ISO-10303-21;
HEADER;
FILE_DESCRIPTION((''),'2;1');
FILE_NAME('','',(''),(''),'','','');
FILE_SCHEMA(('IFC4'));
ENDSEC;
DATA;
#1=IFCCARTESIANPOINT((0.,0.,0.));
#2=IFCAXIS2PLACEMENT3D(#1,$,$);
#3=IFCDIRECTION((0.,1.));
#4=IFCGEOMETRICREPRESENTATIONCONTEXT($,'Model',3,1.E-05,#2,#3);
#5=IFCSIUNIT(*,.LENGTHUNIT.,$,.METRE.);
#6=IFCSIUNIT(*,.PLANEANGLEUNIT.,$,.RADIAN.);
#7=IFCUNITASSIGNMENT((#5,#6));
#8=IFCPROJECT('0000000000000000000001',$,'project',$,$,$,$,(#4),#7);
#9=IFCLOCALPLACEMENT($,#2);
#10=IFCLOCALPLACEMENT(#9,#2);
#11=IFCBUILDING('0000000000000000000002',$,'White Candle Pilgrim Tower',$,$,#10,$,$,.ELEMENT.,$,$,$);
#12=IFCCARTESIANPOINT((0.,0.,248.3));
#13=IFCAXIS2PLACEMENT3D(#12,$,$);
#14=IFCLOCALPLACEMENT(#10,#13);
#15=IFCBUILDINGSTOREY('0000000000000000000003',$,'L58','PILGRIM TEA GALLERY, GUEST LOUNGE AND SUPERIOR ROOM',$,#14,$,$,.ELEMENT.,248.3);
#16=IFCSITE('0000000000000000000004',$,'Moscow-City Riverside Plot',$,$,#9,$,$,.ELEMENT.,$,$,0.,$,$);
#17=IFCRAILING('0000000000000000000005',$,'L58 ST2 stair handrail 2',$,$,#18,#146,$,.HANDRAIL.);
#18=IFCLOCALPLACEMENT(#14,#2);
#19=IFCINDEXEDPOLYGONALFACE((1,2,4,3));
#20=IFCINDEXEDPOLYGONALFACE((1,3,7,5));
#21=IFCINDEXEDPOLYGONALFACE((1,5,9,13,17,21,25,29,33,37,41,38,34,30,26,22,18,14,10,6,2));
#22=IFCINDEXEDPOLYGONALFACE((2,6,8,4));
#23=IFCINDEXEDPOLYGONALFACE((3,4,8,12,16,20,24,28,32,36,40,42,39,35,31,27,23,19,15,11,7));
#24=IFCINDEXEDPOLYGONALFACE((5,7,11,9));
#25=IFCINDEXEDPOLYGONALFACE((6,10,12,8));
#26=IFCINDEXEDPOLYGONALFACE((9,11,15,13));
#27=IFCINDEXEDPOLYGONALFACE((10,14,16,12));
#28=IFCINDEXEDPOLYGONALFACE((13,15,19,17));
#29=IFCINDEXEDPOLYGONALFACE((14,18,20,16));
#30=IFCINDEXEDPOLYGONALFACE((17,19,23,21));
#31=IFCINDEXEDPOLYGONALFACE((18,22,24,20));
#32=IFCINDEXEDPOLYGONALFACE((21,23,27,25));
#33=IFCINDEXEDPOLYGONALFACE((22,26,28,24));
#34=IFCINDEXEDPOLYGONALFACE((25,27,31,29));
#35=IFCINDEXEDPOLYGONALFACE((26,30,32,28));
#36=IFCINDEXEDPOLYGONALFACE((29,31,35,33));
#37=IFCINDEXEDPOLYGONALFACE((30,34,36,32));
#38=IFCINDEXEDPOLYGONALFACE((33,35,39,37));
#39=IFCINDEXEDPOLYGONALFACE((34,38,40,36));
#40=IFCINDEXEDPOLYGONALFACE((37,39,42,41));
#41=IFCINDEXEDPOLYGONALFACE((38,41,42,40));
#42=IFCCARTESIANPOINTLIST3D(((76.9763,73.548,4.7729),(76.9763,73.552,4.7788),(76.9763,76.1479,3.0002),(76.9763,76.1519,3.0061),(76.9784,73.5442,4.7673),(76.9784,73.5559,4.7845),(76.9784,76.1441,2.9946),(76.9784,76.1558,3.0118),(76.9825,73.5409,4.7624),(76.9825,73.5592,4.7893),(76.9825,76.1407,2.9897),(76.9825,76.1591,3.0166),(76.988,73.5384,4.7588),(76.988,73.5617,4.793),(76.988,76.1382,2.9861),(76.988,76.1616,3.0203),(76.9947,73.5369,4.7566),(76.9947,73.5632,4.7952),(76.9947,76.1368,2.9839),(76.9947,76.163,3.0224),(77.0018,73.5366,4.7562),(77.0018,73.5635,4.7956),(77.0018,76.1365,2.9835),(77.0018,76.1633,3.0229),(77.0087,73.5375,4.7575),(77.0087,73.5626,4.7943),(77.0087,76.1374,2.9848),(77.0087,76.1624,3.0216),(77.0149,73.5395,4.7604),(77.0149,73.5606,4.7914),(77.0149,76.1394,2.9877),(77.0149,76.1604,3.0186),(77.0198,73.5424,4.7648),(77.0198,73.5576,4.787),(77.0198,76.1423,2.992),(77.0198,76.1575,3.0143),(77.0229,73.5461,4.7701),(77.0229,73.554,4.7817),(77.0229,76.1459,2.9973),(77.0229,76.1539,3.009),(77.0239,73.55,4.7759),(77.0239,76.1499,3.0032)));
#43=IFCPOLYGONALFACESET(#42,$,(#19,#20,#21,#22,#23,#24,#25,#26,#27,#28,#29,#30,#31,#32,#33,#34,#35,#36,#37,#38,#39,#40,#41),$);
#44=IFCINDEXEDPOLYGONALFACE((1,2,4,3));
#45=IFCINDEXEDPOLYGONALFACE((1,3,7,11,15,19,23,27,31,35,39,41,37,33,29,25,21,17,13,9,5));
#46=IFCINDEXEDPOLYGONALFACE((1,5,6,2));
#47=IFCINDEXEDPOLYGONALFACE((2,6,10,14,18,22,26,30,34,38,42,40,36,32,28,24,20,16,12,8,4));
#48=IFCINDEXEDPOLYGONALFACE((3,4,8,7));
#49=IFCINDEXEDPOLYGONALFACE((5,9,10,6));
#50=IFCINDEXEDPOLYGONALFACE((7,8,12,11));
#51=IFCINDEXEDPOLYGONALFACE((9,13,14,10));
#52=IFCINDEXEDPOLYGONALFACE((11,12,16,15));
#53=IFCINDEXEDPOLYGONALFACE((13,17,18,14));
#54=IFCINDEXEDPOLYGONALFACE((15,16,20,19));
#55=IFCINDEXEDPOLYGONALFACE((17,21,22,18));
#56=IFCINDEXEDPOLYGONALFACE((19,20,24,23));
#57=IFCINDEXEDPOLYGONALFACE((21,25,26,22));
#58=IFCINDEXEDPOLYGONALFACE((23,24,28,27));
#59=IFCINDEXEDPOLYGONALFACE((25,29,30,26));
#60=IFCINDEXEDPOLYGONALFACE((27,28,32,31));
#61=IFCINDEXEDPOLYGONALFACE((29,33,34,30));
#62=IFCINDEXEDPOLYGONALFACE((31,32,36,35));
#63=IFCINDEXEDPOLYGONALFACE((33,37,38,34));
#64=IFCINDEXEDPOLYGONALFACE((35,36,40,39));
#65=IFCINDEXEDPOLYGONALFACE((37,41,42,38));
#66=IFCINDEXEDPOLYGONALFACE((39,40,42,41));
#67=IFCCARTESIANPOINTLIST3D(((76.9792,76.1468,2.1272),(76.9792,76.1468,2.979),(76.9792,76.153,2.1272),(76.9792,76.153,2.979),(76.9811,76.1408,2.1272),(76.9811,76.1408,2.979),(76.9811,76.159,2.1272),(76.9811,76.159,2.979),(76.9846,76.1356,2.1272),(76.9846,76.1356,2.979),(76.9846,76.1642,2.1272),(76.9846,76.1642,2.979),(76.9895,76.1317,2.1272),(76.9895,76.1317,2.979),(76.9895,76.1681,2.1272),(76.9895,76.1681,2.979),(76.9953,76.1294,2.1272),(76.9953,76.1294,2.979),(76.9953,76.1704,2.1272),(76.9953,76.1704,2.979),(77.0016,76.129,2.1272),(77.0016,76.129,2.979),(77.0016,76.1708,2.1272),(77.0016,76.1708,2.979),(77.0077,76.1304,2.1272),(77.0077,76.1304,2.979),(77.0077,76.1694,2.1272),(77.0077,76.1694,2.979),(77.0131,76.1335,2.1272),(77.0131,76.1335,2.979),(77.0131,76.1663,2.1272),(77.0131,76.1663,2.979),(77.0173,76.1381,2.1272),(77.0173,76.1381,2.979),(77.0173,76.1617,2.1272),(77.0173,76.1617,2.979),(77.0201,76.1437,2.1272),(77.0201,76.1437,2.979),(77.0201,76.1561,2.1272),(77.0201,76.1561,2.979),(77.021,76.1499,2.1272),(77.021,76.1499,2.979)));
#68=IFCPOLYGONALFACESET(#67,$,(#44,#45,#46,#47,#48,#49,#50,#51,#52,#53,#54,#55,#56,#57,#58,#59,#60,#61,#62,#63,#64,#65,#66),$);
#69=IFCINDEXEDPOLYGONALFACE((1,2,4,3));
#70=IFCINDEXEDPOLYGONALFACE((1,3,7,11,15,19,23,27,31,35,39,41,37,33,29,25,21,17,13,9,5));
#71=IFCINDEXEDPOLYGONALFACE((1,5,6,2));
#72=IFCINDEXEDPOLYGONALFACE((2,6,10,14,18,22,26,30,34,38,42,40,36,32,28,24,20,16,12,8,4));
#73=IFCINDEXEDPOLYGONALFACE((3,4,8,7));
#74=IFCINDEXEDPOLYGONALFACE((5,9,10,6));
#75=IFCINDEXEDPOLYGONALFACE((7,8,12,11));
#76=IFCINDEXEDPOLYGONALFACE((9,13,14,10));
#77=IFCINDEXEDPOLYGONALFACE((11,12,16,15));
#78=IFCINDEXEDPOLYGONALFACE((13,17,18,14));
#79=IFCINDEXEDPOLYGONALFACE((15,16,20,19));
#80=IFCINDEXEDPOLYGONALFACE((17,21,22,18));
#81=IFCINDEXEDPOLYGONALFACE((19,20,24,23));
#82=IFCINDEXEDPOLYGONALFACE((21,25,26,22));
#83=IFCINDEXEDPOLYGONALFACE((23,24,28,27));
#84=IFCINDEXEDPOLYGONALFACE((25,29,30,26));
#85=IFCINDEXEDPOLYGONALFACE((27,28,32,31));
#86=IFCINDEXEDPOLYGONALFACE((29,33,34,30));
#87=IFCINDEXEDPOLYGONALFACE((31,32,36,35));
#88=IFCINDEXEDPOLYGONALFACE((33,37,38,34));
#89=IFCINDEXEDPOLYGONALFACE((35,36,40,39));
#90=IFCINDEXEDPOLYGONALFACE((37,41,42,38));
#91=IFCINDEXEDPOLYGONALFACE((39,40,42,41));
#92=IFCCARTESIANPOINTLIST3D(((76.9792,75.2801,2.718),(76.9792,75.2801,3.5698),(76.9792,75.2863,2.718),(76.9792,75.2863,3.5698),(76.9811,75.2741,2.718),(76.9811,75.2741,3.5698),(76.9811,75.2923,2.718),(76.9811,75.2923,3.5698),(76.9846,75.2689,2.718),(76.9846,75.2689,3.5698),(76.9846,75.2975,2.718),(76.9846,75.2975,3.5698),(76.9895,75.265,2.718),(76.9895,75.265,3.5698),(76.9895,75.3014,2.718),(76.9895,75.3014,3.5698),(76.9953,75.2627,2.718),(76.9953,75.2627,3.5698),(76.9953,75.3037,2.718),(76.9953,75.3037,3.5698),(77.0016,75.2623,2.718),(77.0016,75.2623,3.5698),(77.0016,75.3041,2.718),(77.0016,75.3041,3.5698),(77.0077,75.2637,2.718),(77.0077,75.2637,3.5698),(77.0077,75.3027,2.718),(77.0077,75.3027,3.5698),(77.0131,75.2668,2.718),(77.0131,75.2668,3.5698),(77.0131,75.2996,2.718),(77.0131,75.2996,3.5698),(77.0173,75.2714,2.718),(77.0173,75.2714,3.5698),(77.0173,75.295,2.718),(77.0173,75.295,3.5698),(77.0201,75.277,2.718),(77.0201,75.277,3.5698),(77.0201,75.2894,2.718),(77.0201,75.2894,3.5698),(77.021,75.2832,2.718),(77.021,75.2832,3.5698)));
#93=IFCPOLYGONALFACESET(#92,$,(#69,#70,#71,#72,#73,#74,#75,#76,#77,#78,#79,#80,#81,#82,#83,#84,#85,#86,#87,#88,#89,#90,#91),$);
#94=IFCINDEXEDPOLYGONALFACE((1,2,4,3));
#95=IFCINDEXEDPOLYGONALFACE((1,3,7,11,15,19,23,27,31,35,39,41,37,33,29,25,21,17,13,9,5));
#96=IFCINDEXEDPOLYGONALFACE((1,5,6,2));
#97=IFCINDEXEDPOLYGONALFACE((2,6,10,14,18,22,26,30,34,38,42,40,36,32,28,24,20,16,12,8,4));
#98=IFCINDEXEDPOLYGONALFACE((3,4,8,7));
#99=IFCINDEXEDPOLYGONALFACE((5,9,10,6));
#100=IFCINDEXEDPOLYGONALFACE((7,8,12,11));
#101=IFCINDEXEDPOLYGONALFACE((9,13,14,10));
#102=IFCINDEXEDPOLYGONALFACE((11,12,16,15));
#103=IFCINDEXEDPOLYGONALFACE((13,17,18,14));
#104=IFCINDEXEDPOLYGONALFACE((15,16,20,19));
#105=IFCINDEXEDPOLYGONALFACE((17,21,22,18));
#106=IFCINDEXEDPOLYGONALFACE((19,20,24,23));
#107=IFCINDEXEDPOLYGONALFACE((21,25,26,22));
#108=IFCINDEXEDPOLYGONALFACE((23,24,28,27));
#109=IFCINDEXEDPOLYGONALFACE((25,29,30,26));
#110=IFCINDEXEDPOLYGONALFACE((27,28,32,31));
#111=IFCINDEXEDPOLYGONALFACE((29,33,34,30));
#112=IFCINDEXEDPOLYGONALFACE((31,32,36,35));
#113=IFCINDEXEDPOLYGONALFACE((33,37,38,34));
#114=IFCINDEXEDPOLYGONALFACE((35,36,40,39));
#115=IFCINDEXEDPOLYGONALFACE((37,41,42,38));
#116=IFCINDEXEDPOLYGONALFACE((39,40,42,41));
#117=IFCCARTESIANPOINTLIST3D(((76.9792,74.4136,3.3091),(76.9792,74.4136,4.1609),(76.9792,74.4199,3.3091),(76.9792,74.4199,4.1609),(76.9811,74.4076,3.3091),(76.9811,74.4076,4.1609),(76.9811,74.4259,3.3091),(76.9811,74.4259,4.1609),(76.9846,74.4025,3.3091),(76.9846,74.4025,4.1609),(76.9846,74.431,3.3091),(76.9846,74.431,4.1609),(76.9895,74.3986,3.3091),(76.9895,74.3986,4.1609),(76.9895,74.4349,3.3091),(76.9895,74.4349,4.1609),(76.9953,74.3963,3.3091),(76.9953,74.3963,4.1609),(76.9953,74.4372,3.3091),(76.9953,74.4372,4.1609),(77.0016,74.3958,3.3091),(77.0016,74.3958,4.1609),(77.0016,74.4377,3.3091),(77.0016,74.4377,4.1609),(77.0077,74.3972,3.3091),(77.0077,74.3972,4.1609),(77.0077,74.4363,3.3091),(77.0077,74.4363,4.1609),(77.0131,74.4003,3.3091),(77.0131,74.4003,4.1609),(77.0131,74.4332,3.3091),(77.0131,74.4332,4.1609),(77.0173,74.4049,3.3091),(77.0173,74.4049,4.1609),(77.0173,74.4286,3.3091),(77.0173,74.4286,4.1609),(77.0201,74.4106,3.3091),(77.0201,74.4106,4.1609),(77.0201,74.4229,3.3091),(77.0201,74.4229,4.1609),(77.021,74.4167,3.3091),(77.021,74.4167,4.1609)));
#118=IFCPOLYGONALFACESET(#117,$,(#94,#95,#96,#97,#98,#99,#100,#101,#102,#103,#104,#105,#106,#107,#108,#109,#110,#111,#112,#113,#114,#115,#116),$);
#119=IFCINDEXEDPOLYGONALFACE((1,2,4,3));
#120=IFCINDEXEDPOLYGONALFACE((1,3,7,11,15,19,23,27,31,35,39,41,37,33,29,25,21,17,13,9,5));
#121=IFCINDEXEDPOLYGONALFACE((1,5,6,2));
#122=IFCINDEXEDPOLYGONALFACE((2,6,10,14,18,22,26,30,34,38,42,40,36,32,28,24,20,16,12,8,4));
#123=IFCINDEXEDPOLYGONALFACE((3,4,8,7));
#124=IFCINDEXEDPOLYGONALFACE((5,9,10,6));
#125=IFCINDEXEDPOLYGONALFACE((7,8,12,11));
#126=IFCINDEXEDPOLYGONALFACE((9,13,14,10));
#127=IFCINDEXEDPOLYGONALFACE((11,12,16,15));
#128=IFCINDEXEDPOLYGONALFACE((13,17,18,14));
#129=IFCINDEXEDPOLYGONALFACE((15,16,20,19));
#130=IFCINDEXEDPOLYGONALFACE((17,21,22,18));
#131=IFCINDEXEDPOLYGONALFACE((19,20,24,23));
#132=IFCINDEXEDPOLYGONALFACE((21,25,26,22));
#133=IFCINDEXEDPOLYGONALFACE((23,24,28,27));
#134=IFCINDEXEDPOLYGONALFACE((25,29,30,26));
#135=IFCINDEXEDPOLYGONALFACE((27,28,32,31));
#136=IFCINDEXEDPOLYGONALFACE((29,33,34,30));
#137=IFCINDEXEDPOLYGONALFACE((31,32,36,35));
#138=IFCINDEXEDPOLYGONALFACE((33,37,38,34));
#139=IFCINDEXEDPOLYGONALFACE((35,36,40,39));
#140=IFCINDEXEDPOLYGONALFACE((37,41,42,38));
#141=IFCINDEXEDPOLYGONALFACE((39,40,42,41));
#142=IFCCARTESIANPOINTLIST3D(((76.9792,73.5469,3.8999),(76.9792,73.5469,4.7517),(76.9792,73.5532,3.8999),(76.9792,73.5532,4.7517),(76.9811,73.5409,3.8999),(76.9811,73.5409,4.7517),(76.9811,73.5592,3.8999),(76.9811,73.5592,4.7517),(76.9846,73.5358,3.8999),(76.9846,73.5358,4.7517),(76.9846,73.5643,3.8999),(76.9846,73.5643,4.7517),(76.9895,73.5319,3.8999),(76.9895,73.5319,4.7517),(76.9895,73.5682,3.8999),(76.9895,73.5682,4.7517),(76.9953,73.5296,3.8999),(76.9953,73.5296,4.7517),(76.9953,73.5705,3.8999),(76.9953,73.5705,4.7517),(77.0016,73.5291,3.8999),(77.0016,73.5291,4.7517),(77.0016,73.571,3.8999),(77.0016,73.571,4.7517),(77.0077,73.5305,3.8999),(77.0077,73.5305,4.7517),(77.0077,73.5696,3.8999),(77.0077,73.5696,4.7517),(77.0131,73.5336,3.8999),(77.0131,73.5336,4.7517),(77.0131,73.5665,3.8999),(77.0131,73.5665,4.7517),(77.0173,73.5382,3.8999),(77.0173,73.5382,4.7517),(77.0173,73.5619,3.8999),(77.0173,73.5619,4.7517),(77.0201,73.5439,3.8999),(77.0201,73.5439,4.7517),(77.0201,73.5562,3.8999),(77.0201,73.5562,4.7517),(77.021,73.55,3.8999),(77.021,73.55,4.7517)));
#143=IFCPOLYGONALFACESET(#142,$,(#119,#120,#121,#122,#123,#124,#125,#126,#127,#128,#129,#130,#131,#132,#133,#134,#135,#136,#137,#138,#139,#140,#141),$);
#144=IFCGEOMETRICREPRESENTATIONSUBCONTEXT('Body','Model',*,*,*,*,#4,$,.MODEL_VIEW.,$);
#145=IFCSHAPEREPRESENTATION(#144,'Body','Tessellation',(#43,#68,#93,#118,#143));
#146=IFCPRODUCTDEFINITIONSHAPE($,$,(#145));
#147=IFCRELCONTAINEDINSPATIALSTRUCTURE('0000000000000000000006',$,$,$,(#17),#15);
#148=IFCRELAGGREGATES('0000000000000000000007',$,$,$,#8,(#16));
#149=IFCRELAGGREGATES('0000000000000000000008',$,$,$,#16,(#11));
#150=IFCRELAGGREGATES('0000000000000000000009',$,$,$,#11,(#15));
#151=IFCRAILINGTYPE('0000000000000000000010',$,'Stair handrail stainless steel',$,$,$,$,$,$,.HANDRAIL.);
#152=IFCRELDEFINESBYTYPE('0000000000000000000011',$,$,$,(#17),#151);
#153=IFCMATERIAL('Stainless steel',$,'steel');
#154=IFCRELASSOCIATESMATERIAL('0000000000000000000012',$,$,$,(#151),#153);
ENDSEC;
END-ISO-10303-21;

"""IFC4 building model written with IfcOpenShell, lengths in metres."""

from ifc_helpers import new_model, si_unit, direction, frame, origin, origin_2d, place, context, subcontext, project, spatial, circle, extrude, material, type_object, element, save


model = new_model("IFC4")

# Units and contexts
model_context = context("Model", 3, precision=1e-05, world=origin(), true_north=direction((0.0, 1.0)))
body_context = subcontext(model_context, "Body", "Model", "MODEL_VIEW")
ifc_project = project(units=[si_unit("LENGTHUNIT", "METRE"), si_unit("PLANEANGLEUNIT", "RADIAN")], contexts=[model_context])

# Site, building, storey
site_placement = place(None, origin())
site = spatial("IfcSite", under=ifc_project, at=site_placement, Name="Moscow-City Riverside Plot", CompositionType="ELEMENT", RefElevation=0.0)
building_placement = place(site_placement, origin())
building = spatial("IfcBuilding", under=site, at=building_placement, Name="White Candle Pilgrim Tower", CompositionType="ELEMENT")
storey_placement = place(building_placement, frame((0.0, 0.0, 248.3)))
storey = spatial("IfcBuildingStorey", under=building, at=storey_placement, Name="L58", Description="PILGRIM TEA GALLERY, GUEST LOUNGE AND SUPERIOR ROOM", CompositionType="ELEMENT", Elevation=248.3)

# Railing
ifc_material_1 = material(Name="Stainless steel", Category="steel")
railing_type_1 = type_object("IfcRailingType", Name="Stair handrail stainless steel", PredefinedType="HANDRAIL", material=ifc_material_1)
railing_1_placement = place(storey_placement, frame((77.0, 76.1499, 2.1272)))
element("IfcRailing", 1, at=railing_1_placement, inside=storey, type_object=railing_type_1, Name="L58 ST2 stair handrail 2", PredefinedType="HANDRAIL", context=body_context, shape_type="SweptSolid", body=[
    extrude(circle(Radius=0.0239, at=origin_2d()), frame((0.0, 0.0, 0.876), z_axis=(0.0, -0.826216, 0.563354), x_axis=(1.0, 0.0, 0.0)), (0.0, 0.0, 1.0), 3.1467),
    extrude(circle(Radius=0.021, at=origin_2d()), origin(), (0.0, 0.0, 1.0), 0.8518),
    extrude(circle(Radius=0.021, at=origin_2d()), frame((0.0, -0.8667, 0.5908)), (0.0, 0.0, 1.0), 0.8518),
    extrude(circle(Radius=0.021, at=origin_2d()), frame((0.0, -1.7332, 1.1819)), (0.0, 0.0, 1.0), 0.8518),
    extrude(circle(Radius=0.021, at=origin_2d()), frame((0.0, -2.5999, 1.7727)), (0.0, 0.0, 1.0), 0.8518),
])

save(model, "model.ifc")
